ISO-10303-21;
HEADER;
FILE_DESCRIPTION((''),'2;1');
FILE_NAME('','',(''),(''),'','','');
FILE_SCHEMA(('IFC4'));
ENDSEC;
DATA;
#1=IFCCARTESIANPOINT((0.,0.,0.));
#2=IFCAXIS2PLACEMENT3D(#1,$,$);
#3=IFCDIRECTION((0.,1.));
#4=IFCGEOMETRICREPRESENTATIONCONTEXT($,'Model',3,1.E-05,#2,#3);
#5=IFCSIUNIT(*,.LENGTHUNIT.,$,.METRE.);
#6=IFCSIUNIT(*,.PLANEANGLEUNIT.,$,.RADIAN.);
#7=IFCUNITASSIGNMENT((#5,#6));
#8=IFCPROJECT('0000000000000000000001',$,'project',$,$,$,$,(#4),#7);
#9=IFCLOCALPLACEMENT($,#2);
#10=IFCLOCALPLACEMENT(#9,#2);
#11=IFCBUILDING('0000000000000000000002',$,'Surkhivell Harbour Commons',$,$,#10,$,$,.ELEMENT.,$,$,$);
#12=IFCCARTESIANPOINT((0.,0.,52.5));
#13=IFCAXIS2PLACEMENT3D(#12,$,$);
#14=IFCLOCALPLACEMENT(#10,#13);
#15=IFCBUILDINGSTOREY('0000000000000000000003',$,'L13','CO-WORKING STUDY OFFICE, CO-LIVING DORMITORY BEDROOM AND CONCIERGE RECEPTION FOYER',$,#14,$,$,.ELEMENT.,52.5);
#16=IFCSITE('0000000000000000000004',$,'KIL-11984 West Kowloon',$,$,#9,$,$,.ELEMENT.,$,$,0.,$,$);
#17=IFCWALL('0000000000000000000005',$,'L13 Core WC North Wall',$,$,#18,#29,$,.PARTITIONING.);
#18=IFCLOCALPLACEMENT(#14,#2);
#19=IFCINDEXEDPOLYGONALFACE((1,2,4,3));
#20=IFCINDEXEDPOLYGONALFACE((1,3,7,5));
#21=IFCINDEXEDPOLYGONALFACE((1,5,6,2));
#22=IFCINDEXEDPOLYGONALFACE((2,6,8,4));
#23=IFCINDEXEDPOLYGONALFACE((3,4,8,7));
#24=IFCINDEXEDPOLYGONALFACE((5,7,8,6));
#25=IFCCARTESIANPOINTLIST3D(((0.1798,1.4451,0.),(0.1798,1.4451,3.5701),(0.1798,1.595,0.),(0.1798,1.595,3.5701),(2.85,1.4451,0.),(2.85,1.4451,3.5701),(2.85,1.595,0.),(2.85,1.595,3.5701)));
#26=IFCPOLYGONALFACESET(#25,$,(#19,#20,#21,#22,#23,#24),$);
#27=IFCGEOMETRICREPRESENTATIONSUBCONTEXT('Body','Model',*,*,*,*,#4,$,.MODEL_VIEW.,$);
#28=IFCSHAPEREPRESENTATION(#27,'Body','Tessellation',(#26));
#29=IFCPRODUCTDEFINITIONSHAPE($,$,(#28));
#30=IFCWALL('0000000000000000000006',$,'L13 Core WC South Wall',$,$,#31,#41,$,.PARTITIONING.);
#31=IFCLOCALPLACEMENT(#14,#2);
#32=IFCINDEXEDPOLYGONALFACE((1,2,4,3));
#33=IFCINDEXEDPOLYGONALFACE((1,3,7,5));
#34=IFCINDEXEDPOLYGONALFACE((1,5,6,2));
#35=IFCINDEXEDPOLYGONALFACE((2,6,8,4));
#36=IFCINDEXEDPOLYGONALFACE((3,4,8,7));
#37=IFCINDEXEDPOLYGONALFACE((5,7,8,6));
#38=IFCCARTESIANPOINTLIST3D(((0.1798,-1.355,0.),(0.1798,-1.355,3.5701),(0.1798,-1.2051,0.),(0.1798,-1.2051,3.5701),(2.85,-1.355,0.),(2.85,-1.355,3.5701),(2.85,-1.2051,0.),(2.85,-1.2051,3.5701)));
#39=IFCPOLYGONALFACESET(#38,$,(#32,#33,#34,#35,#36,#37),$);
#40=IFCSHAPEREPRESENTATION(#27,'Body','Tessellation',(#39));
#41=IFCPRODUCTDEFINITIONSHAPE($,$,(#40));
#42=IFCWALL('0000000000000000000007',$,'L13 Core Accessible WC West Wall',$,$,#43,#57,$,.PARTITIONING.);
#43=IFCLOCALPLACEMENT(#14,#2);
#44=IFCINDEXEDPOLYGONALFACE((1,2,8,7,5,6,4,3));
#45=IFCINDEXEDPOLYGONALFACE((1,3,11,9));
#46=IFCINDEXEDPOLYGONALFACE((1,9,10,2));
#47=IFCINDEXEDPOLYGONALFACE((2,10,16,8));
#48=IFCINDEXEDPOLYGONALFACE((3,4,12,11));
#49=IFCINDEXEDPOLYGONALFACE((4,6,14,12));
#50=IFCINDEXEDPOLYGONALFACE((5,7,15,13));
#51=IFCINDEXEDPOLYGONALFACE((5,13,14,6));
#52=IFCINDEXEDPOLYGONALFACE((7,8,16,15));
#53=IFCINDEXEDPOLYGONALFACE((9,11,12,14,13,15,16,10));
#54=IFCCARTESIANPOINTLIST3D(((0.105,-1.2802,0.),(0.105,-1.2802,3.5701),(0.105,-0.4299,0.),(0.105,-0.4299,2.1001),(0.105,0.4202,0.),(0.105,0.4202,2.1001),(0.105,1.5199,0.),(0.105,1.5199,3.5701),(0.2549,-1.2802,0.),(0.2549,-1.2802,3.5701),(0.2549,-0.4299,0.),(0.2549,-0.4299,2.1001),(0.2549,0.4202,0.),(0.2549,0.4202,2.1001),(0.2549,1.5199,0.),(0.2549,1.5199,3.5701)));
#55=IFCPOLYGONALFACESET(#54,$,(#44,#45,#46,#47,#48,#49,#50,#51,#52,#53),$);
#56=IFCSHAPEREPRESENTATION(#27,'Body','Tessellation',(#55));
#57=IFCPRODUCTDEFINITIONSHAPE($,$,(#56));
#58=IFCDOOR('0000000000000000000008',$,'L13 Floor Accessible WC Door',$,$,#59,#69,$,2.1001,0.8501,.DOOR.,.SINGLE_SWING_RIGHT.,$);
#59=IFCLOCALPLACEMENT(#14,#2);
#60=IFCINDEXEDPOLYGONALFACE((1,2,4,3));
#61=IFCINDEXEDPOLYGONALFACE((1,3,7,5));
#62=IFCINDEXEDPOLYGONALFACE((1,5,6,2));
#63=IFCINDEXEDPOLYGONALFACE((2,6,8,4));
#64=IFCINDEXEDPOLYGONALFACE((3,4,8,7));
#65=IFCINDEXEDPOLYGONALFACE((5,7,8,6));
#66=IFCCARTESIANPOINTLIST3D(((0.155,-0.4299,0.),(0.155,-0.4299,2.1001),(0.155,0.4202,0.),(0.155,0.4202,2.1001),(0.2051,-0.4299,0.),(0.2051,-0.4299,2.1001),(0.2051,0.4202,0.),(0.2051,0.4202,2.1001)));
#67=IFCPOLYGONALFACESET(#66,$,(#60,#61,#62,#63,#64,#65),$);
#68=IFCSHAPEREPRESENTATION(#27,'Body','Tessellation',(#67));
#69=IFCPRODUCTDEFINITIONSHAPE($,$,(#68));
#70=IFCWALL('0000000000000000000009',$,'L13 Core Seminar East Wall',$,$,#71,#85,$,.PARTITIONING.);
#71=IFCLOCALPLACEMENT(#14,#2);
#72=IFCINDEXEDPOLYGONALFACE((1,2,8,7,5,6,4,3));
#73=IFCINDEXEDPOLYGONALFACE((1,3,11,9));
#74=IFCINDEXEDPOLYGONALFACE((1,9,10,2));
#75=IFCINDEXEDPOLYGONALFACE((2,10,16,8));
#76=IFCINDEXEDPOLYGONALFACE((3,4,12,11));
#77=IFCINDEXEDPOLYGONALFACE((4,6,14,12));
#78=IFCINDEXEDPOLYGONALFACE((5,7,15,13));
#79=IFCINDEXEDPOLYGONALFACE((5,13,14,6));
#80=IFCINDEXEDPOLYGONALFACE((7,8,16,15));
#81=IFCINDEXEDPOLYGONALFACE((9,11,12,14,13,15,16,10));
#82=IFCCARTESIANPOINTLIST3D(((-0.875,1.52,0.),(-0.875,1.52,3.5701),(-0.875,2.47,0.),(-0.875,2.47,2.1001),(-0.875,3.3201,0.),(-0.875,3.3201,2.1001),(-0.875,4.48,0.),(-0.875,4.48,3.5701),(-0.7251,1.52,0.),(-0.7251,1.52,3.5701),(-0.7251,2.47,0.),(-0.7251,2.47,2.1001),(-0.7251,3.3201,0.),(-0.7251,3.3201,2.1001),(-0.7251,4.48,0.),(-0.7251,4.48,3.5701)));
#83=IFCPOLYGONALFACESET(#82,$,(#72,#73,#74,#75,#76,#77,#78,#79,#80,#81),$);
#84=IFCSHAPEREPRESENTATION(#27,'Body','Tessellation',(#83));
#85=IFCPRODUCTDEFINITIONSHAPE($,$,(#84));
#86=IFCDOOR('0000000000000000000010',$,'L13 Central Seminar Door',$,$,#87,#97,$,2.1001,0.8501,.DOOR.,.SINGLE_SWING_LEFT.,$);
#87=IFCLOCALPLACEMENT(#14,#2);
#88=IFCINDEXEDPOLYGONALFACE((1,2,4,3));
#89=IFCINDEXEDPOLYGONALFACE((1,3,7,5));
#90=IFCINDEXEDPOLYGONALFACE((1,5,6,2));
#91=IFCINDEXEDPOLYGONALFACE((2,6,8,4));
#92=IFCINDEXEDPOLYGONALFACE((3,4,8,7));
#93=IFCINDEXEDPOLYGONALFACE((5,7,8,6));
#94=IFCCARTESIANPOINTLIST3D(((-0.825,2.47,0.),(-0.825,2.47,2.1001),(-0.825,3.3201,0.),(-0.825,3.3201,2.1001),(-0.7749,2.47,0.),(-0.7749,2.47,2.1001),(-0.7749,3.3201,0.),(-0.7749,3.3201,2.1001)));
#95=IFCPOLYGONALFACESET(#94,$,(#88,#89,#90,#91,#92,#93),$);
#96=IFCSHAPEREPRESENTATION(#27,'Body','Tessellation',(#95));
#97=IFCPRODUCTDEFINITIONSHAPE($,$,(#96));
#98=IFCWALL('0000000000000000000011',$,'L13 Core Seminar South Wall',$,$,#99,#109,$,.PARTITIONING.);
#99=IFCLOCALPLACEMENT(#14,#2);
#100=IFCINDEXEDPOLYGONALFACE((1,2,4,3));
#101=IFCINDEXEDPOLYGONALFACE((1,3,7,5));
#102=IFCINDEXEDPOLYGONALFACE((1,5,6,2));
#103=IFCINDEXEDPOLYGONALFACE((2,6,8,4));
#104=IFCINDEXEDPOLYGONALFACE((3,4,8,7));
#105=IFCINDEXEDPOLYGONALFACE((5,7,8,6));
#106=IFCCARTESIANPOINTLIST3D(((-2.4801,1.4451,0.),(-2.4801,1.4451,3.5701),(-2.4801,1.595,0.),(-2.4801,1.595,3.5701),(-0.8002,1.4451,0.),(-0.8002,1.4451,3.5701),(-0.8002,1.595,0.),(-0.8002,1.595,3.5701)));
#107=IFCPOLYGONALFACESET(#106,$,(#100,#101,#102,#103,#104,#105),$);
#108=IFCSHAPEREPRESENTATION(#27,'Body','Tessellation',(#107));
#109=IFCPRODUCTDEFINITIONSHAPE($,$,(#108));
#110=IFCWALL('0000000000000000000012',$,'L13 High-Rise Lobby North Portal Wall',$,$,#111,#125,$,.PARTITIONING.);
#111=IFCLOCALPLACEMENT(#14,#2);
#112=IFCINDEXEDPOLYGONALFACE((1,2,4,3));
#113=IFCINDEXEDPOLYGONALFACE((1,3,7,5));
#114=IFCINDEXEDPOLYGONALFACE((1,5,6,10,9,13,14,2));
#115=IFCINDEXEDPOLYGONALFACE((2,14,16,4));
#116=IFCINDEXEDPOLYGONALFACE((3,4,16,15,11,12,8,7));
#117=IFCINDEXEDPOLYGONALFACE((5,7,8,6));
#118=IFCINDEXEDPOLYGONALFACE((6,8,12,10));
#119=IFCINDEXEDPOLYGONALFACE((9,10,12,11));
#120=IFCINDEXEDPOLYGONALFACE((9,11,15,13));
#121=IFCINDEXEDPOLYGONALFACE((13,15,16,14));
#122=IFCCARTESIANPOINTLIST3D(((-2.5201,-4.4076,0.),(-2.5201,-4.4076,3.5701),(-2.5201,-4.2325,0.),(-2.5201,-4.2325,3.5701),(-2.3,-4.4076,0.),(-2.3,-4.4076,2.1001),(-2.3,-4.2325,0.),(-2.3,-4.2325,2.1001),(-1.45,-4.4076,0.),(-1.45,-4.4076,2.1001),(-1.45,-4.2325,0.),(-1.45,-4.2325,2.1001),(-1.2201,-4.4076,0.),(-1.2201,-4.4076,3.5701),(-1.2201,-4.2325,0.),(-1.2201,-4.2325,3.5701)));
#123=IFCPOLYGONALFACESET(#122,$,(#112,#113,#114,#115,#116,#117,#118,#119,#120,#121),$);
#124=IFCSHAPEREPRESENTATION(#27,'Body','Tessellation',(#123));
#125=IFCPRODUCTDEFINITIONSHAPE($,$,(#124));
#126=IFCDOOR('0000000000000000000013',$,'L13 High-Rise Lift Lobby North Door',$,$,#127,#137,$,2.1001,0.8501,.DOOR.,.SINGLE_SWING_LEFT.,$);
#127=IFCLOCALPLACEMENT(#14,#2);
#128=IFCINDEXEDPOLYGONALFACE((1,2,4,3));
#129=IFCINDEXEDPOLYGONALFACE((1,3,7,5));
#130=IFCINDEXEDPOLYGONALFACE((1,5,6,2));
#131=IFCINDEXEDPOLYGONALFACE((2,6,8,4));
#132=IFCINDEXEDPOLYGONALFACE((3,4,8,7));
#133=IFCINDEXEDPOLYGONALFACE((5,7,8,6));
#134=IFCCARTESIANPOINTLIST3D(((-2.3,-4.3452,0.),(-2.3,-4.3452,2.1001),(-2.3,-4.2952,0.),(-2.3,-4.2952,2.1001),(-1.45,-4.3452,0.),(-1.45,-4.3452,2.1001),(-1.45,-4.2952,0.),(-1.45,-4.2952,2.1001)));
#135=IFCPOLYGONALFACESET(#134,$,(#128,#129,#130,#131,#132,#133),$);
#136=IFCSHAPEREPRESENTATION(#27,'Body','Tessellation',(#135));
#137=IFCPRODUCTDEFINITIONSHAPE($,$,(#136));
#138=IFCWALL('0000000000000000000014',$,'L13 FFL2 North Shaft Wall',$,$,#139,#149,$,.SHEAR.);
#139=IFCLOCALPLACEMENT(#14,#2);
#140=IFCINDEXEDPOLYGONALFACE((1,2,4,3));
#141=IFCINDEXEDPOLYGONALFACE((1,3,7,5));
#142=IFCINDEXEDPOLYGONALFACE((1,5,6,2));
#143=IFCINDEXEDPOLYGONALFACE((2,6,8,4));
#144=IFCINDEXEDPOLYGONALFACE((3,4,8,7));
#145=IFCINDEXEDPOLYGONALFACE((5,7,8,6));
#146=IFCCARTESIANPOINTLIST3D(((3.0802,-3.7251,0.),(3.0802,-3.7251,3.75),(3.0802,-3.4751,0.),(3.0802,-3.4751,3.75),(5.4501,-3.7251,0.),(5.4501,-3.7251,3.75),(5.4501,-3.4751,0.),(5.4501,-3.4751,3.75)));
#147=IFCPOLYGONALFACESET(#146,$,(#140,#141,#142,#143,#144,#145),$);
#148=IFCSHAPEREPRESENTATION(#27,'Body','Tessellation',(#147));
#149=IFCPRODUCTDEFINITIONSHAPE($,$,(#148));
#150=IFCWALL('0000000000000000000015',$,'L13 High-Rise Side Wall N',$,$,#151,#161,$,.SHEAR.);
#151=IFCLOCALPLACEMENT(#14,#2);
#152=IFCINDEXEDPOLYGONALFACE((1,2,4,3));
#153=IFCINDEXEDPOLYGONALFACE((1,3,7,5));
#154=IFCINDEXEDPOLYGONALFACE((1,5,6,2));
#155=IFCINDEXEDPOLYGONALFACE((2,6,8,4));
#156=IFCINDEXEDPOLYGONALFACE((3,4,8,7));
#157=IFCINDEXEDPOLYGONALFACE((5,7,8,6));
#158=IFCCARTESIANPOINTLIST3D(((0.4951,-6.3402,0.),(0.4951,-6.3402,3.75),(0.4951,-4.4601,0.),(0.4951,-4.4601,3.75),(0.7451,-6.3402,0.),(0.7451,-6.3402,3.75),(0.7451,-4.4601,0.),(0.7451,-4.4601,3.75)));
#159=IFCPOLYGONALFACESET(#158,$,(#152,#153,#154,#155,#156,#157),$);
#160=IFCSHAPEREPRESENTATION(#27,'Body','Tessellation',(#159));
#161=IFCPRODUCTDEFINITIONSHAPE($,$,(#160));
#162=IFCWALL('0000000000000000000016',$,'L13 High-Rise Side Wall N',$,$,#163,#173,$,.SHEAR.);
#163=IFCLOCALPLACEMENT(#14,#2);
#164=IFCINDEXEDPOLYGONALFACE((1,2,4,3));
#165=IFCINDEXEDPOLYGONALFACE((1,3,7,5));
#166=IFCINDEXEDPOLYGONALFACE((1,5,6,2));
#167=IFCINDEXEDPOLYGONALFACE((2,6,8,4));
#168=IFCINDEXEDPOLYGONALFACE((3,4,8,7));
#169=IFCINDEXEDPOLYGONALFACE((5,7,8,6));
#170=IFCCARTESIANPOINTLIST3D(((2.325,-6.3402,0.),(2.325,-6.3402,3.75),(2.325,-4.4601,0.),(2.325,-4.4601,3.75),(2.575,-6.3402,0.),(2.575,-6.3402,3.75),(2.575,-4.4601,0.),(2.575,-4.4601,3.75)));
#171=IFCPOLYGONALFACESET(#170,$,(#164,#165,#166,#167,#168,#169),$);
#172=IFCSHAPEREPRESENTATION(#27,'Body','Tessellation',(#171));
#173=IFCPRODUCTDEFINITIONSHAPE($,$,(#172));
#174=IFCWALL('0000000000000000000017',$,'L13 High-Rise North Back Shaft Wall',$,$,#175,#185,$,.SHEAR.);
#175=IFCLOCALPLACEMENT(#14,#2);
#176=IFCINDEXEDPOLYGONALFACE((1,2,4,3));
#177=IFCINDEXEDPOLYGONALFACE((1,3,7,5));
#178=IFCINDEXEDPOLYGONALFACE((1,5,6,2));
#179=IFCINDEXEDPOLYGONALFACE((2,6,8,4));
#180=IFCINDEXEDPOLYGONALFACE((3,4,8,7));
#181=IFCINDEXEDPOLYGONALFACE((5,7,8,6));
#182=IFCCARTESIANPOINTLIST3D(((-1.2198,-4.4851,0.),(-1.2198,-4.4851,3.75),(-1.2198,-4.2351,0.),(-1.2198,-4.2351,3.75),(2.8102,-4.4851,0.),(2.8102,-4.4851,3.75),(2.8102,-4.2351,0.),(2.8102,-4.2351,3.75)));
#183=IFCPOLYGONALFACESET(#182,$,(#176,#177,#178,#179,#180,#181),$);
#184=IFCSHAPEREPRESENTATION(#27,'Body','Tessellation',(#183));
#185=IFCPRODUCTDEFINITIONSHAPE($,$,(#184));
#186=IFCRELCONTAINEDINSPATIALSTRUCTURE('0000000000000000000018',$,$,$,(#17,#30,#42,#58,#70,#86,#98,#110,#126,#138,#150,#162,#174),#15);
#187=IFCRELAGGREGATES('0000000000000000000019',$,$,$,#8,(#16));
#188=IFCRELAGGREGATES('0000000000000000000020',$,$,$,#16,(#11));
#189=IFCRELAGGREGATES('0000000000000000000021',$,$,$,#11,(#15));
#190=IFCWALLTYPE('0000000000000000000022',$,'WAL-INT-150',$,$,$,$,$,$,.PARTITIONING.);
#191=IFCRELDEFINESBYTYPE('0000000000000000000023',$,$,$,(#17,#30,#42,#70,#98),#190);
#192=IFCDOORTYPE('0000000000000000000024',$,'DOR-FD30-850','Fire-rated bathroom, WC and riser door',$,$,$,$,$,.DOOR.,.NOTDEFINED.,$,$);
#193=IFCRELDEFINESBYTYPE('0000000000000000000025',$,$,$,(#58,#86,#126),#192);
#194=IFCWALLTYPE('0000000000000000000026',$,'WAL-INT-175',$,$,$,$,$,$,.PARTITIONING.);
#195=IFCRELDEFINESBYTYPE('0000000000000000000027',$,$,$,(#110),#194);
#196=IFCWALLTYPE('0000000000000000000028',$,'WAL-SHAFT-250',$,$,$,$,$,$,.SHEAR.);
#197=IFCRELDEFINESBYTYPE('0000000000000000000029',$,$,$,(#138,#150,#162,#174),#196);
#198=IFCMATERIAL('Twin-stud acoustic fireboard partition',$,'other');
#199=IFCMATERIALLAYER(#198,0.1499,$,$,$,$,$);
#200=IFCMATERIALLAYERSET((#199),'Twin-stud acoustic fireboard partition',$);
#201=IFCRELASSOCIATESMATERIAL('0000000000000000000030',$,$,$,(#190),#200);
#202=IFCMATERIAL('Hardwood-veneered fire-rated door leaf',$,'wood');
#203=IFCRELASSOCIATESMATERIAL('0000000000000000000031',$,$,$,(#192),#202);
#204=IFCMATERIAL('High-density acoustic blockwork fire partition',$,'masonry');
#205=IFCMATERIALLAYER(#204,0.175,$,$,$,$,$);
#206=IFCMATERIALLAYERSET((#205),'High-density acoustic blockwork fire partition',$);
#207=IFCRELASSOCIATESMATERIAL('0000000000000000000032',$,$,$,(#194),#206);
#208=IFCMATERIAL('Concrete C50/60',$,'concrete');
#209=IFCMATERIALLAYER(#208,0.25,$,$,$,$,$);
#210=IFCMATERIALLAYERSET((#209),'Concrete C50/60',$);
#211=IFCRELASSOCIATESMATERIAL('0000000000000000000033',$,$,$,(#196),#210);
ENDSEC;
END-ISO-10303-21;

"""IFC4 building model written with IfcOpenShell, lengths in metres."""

from ifc_helpers import new_model, si_unit, direction, frame, frame_2d, origin, place, context, subcontext, project, spatial, rectangle, extrude, material, layer, layer_set, type_object, element, fill, save


model = new_model("IFC4")

# Units and contexts
model_context = context("Model", 3, precision=1e-05, world=origin(), true_north=direction((0.0, 1.0)))
body_context = subcontext(model_context, "Body", "Model", "MODEL_VIEW")
ifc_project = project(units=[si_unit("LENGTHUNIT", "METRE"), si_unit("PLANEANGLEUNIT", "RADIAN")], contexts=[model_context])

# Site, building, storey
site_placement = place(None, origin())
site = spatial("IfcSite", under=ifc_project, at=site_placement, Name="KIL-11984 West Kowloon", CompositionType="ELEMENT", RefElevation=0.0)
building_placement = place(site_placement, origin())
building = spatial("IfcBuilding", under=site, at=building_placement, Name="Surkhivell Harbour Commons", CompositionType="ELEMENT")
storey_placement = place(building_placement, frame((0.0, 0.0, 52.5)))
storey = spatial("IfcBuildingStorey", under=building, at=storey_placement, Name="L13", Description="CO-WORKING STUDY OFFICE, CO-LIVING DORMITORY BEDROOM AND CONCIERGE RECEPTION FOYER", CompositionType="ELEMENT", Elevation=52.5)

# Walls
ifc_material_1 = material(Name="Twin-stud acoustic fireboard partition", Category="other")
ifc_layer_1 = layer(ifc_material_1, 0.1499)
ifc_layer_set_1 = layer_set([ifc_layer_1], Name="Twin-stud acoustic fireboard partition")
wall_type_1 = type_object("IfcWallType", Name="WAL-INT-150", PredefinedType="PARTITIONING", material=ifc_layer_set_1)
for number, where, z_axis, x_axis, name in (
    (1, (0.1799, 1.52, 0.0), (0.0, 0.0, 1.0), (1.0, 0.0, 0.0), "L13 Core WC North Wall"),
    (2, (0.1799, -1.28, 0.0), (0.0, 0.0, 1.0), (1.0, 0.0, 0.0), "L13 Core WC South Wall"),
):
    element("IfcWall", number, at=place(storey_placement, frame(where, z_axis=z_axis, x_axis=x_axis)), inside=storey, type_object=wall_type_1, Name=name, PredefinedType="PARTITIONING", context=body_context, shape_type="SweptSolid", body=[
        extrude(rectangle(XDim=2.6702, YDim=0.1499, at=frame_2d((1.335, 0.0))), origin(), (0.0, 0.0, 1.0), 3.5701),
    ])

# Walls, openings, doors
wall_1_placement = place(storey_placement, frame((0.1799, -1.28, 0.0), z_axis=(0.0, 0.0, 1.0), x_axis=(0.0, 1.0, 0.0)))
wall_1 = element("IfcWall", 3, at=wall_1_placement, inside=storey, type_object=wall_type_1, Name="L13 Core Accessible WC West Wall", PredefinedType="PARTITIONING", context=body_context, shape_type="SweptSolid", body=[
    extrude(rectangle(XDim=2.8, YDim=0.1499, at=frame_2d((1.3999, 0.0))), origin(), (0.0, 0.0, 1.0), 3.5701),
])
opening_1_placement = place(wall_1_placement, frame((0.8501, 0.0, 0.0)))
opening_1 = element("IfcOpeningElement", 4, at=opening_1_placement, cuts=wall_1, PredefinedType="OPENING", context=body_context, shape_type="SweptSolid", body=[
    extrude(rectangle(XDim=0.8501, YDim=2.1001, at=frame_2d((0.425, 1.05))), frame((0.0, 0.085, 0.0), z_axis=(0.0, -1.0, 0.0), x_axis=(1.0, 0.0, 0.0)), (0.0, 0.0, 1.0), 0.1699),
])
ifc_material_2 = material(Name="Hardwood-veneered fire-rated door leaf", Category="wood")
door_type_1 = type_object("IfcDoorType", Name="DOR-FD30-850", Description="Fire-rated bathroom, WC and riser door", OperationType="NOTDEFINED", PredefinedType="DOOR", material=ifc_material_2)
door_1_placement = place(opening_1_placement, origin())
door_1 = element("IfcDoor", 5, at=door_1_placement, inside=storey, type_object=door_type_1, Name="L13 Floor Accessible WC Door", OperationType="SINGLE_SWING_RIGHT", OverallHeight=2.1001, OverallWidth=0.8501, PredefinedType="DOOR", context=body_context, shape_type="SweptSolid", body=[
    extrude(rectangle(XDim=0.8501, YDim=2.1001, at=frame_2d((0.425, 1.05))), frame((0.0, 0.0249, 0.0), z_axis=(0.0, -1.0, 0.0), x_axis=(1.0, 0.0, 0.0)), (0.0, 0.0, 1.0), 0.05),
])
fill(opening_1, door_1)
wall_2_placement = place(storey_placement, frame((-0.8, 1.52, 0.0), z_axis=(0.0, 0.0, 1.0), x_axis=(0.0, 1.0, 0.0)))
wall_2 = element("IfcWall", 6, at=wall_2_placement, inside=storey, type_object=wall_type_1, Name="L13 Core Seminar East Wall", PredefinedType="PARTITIONING", context=body_context, shape_type="SweptSolid", body=[
    extrude(rectangle(XDim=2.96, YDim=0.1499, at=frame_2d((1.48, 0.0))), origin(), (0.0, 0.0, 1.0), 3.5701),
])
opening_2_placement = place(wall_2_placement, frame((0.95, 0.0, 0.0)))
opening_2 = element("IfcOpeningElement", 7, at=opening_2_placement, cuts=wall_2, PredefinedType="OPENING", context=body_context, shape_type="SweptSolid", body=[
    extrude(rectangle(XDim=0.8501, YDim=2.1001, at=frame_2d((0.425, 1.05))), frame((0.0, 0.085, 0.0), z_axis=(0.0, -1.0, 0.0), x_axis=(1.0, 0.0, 0.0)), (0.0, 0.0, 1.0), 0.1699),
])
door_2_placement = place(opening_2_placement, origin())
door_2 = element("IfcDoor", 8, at=door_2_placement, inside=storey, type_object=door_type_1, Name="L13 Central Seminar Door", OperationType="SINGLE_SWING_LEFT", OverallHeight=2.1001, OverallWidth=0.8501, PredefinedType="DOOR", context=body_context, shape_type="SweptSolid", body=[
    extrude(rectangle(XDim=0.8501, YDim=2.1001, at=frame_2d((0.425, 1.05))), frame((0.0, 0.0249, 0.0), z_axis=(0.0, -1.0, 0.0), x_axis=(1.0, 0.0, 0.0)), (0.0, 0.0, 1.0), 0.05),
])
fill(opening_2, door_2)

# Wall
wall_3_placement = place(storey_placement, frame((-2.48, 1.52, 0.0), z_axis=(0.0, 0.0, 1.0), x_axis=(1.0, 0.0, 0.0)))
element("IfcWall", 9, at=wall_3_placement, inside=storey, type_object=wall_type_1, Name="L13 Core Seminar South Wall", PredefinedType="PARTITIONING", context=body_context, shape_type="SweptSolid", body=[
    extrude(rectangle(XDim=1.6799, YDim=0.1499, at=frame_2d((0.8398, 0.0))), origin(), (0.0, 0.0, 1.0), 3.5701),
])

# Wall, opening, door
ifc_material_3 = material(Name="High-density acoustic blockwork fire partition", Category="masonry")
ifc_layer_2 = layer(ifc_material_3, 0.175)
ifc_layer_set_2 = layer_set([ifc_layer_2], Name="High-density acoustic blockwork fire partition")
wall_type_2 = type_object("IfcWallType", Name="WAL-INT-175", PredefinedType="PARTITIONING", material=ifc_layer_set_2)
wall_4_placement = place(storey_placement, frame((-2.52, -4.3201, 0.0), z_axis=(0.0, 0.0, 1.0), x_axis=(1.0, 0.0, 0.0)))
wall_4 = element("IfcWall", 10, at=wall_4_placement, inside=storey, type_object=wall_type_2, Name="L13 High-Rise Lobby North Portal Wall", PredefinedType="PARTITIONING", context=body_context, shape_type="SweptSolid", body=[
    extrude(rectangle(XDim=1.3, YDim=0.175, at=frame_2d((0.6499, 0.0))), origin(), (0.0, 0.0, 1.0), 3.5701),
])
opening_3_placement = place(wall_4_placement, frame((0.22, 0.0, 0.0)))
opening_3 = element("IfcOpeningElement", 11, at=opening_3_placement, cuts=wall_4, PredefinedType="OPENING", context=body_context, shape_type="SweptSolid", body=[
    extrude(rectangle(XDim=0.8501, YDim=2.1001, at=frame_2d((0.425, 1.05))), frame((0.0, 0.0974, 0.0), z_axis=(0.0, -1.0, 0.0), x_axis=(1.0, 0.0, 0.0)), (0.0, 0.0, 1.0), 0.1951),
])
door_3_placement = place(opening_3_placement, origin())
door_3 = element("IfcDoor", 12, at=door_3_placement, inside=storey, type_object=door_type_1, Name="L13 High-Rise Lift Lobby North Door", OperationType="SINGLE_SWING_LEFT", OverallHeight=2.1001, OverallWidth=0.8501, PredefinedType="DOOR", context=body_context, shape_type="SweptSolid", body=[
    extrude(rectangle(XDim=0.8501, YDim=2.1001, at=frame_2d((0.425, 1.05))), frame((0.0, 0.0249, 0.0), z_axis=(0.0, -1.0, 0.0), x_axis=(1.0, 0.0, 0.0)), (0.0, 0.0, 1.0), 0.05),
])
fill(opening_3, door_3)

# Walls
ifc_material_4 = material(Name="Concrete C50/60", Category="concrete")
ifc_layer_3 = layer(ifc_material_4, 0.25)
ifc_layer_set_3 = layer_set([ifc_layer_3], Name="Concrete C50/60")
wall_type_3 = type_object("IfcWallType", Name="WAL-SHAFT-250", PredefinedType="SHEAR", material=ifc_layer_set_3)
wall_5_placement = place(storey_placement, frame((3.0801, -3.6001, 0.0), z_axis=(0.0, 0.0, 1.0), x_axis=(1.0, 0.0, 0.0)))
element("IfcWall", 13, at=wall_5_placement, inside=storey, type_object=wall_type_3, Name="L13 FFL2 North Shaft Wall", PredefinedType="SHEAR", context=body_context, shape_type="SweptSolid", body=[
    extrude(rectangle(XDim=2.3699, YDim=0.25, at=frame_2d((1.1851, 0.0))), origin(), (0.0, 0.0, 1.0), 3.75),
])
for number, where, z_axis, x_axis, name in (
    (14, (0.6201, -6.3401, 0.0), (0.0, 0.0, 1.0), (0.0, 1.0, 0.0), "L13 High-Rise Side Wall N"),
    (15, (2.45, -6.3401, 0.0), (0.0, 0.0, 1.0), (0.0, 1.0, 0.0), "L13 High-Rise Side Wall N"),
):
    element("IfcWall", number, at=place(storey_placement, frame(where, z_axis=z_axis, x_axis=x_axis)), inside=storey, type_object=wall_type_3, Name=name, PredefinedType="SHEAR", context=body_context, shape_type="SweptSolid", body=[
        extrude(rectangle(XDim=1.8801, YDim=0.25, at=frame_2d((0.9399, 0.0))), origin(), (0.0, 0.0, 1.0), 3.75),
    ])
wall_6_placement = place(storey_placement, frame((-1.22, -4.3601, 0.0), z_axis=(0.0, 0.0, 1.0), x_axis=(1.0, 0.0, 0.0)))
element("IfcWall", 16, at=wall_6_placement, inside=storey, type_object=wall_type_3, Name="L13 High-Rise North Back Shaft Wall", PredefinedType="SHEAR", context=body_context, shape_type="SweptSolid", body=[
    extrude(rectangle(XDim=4.03, YDim=0.25, at=frame_2d((2.0151, 0.0))), origin(), (0.0, 0.0, 1.0), 3.75),
])

save(model, "model.ifc")
